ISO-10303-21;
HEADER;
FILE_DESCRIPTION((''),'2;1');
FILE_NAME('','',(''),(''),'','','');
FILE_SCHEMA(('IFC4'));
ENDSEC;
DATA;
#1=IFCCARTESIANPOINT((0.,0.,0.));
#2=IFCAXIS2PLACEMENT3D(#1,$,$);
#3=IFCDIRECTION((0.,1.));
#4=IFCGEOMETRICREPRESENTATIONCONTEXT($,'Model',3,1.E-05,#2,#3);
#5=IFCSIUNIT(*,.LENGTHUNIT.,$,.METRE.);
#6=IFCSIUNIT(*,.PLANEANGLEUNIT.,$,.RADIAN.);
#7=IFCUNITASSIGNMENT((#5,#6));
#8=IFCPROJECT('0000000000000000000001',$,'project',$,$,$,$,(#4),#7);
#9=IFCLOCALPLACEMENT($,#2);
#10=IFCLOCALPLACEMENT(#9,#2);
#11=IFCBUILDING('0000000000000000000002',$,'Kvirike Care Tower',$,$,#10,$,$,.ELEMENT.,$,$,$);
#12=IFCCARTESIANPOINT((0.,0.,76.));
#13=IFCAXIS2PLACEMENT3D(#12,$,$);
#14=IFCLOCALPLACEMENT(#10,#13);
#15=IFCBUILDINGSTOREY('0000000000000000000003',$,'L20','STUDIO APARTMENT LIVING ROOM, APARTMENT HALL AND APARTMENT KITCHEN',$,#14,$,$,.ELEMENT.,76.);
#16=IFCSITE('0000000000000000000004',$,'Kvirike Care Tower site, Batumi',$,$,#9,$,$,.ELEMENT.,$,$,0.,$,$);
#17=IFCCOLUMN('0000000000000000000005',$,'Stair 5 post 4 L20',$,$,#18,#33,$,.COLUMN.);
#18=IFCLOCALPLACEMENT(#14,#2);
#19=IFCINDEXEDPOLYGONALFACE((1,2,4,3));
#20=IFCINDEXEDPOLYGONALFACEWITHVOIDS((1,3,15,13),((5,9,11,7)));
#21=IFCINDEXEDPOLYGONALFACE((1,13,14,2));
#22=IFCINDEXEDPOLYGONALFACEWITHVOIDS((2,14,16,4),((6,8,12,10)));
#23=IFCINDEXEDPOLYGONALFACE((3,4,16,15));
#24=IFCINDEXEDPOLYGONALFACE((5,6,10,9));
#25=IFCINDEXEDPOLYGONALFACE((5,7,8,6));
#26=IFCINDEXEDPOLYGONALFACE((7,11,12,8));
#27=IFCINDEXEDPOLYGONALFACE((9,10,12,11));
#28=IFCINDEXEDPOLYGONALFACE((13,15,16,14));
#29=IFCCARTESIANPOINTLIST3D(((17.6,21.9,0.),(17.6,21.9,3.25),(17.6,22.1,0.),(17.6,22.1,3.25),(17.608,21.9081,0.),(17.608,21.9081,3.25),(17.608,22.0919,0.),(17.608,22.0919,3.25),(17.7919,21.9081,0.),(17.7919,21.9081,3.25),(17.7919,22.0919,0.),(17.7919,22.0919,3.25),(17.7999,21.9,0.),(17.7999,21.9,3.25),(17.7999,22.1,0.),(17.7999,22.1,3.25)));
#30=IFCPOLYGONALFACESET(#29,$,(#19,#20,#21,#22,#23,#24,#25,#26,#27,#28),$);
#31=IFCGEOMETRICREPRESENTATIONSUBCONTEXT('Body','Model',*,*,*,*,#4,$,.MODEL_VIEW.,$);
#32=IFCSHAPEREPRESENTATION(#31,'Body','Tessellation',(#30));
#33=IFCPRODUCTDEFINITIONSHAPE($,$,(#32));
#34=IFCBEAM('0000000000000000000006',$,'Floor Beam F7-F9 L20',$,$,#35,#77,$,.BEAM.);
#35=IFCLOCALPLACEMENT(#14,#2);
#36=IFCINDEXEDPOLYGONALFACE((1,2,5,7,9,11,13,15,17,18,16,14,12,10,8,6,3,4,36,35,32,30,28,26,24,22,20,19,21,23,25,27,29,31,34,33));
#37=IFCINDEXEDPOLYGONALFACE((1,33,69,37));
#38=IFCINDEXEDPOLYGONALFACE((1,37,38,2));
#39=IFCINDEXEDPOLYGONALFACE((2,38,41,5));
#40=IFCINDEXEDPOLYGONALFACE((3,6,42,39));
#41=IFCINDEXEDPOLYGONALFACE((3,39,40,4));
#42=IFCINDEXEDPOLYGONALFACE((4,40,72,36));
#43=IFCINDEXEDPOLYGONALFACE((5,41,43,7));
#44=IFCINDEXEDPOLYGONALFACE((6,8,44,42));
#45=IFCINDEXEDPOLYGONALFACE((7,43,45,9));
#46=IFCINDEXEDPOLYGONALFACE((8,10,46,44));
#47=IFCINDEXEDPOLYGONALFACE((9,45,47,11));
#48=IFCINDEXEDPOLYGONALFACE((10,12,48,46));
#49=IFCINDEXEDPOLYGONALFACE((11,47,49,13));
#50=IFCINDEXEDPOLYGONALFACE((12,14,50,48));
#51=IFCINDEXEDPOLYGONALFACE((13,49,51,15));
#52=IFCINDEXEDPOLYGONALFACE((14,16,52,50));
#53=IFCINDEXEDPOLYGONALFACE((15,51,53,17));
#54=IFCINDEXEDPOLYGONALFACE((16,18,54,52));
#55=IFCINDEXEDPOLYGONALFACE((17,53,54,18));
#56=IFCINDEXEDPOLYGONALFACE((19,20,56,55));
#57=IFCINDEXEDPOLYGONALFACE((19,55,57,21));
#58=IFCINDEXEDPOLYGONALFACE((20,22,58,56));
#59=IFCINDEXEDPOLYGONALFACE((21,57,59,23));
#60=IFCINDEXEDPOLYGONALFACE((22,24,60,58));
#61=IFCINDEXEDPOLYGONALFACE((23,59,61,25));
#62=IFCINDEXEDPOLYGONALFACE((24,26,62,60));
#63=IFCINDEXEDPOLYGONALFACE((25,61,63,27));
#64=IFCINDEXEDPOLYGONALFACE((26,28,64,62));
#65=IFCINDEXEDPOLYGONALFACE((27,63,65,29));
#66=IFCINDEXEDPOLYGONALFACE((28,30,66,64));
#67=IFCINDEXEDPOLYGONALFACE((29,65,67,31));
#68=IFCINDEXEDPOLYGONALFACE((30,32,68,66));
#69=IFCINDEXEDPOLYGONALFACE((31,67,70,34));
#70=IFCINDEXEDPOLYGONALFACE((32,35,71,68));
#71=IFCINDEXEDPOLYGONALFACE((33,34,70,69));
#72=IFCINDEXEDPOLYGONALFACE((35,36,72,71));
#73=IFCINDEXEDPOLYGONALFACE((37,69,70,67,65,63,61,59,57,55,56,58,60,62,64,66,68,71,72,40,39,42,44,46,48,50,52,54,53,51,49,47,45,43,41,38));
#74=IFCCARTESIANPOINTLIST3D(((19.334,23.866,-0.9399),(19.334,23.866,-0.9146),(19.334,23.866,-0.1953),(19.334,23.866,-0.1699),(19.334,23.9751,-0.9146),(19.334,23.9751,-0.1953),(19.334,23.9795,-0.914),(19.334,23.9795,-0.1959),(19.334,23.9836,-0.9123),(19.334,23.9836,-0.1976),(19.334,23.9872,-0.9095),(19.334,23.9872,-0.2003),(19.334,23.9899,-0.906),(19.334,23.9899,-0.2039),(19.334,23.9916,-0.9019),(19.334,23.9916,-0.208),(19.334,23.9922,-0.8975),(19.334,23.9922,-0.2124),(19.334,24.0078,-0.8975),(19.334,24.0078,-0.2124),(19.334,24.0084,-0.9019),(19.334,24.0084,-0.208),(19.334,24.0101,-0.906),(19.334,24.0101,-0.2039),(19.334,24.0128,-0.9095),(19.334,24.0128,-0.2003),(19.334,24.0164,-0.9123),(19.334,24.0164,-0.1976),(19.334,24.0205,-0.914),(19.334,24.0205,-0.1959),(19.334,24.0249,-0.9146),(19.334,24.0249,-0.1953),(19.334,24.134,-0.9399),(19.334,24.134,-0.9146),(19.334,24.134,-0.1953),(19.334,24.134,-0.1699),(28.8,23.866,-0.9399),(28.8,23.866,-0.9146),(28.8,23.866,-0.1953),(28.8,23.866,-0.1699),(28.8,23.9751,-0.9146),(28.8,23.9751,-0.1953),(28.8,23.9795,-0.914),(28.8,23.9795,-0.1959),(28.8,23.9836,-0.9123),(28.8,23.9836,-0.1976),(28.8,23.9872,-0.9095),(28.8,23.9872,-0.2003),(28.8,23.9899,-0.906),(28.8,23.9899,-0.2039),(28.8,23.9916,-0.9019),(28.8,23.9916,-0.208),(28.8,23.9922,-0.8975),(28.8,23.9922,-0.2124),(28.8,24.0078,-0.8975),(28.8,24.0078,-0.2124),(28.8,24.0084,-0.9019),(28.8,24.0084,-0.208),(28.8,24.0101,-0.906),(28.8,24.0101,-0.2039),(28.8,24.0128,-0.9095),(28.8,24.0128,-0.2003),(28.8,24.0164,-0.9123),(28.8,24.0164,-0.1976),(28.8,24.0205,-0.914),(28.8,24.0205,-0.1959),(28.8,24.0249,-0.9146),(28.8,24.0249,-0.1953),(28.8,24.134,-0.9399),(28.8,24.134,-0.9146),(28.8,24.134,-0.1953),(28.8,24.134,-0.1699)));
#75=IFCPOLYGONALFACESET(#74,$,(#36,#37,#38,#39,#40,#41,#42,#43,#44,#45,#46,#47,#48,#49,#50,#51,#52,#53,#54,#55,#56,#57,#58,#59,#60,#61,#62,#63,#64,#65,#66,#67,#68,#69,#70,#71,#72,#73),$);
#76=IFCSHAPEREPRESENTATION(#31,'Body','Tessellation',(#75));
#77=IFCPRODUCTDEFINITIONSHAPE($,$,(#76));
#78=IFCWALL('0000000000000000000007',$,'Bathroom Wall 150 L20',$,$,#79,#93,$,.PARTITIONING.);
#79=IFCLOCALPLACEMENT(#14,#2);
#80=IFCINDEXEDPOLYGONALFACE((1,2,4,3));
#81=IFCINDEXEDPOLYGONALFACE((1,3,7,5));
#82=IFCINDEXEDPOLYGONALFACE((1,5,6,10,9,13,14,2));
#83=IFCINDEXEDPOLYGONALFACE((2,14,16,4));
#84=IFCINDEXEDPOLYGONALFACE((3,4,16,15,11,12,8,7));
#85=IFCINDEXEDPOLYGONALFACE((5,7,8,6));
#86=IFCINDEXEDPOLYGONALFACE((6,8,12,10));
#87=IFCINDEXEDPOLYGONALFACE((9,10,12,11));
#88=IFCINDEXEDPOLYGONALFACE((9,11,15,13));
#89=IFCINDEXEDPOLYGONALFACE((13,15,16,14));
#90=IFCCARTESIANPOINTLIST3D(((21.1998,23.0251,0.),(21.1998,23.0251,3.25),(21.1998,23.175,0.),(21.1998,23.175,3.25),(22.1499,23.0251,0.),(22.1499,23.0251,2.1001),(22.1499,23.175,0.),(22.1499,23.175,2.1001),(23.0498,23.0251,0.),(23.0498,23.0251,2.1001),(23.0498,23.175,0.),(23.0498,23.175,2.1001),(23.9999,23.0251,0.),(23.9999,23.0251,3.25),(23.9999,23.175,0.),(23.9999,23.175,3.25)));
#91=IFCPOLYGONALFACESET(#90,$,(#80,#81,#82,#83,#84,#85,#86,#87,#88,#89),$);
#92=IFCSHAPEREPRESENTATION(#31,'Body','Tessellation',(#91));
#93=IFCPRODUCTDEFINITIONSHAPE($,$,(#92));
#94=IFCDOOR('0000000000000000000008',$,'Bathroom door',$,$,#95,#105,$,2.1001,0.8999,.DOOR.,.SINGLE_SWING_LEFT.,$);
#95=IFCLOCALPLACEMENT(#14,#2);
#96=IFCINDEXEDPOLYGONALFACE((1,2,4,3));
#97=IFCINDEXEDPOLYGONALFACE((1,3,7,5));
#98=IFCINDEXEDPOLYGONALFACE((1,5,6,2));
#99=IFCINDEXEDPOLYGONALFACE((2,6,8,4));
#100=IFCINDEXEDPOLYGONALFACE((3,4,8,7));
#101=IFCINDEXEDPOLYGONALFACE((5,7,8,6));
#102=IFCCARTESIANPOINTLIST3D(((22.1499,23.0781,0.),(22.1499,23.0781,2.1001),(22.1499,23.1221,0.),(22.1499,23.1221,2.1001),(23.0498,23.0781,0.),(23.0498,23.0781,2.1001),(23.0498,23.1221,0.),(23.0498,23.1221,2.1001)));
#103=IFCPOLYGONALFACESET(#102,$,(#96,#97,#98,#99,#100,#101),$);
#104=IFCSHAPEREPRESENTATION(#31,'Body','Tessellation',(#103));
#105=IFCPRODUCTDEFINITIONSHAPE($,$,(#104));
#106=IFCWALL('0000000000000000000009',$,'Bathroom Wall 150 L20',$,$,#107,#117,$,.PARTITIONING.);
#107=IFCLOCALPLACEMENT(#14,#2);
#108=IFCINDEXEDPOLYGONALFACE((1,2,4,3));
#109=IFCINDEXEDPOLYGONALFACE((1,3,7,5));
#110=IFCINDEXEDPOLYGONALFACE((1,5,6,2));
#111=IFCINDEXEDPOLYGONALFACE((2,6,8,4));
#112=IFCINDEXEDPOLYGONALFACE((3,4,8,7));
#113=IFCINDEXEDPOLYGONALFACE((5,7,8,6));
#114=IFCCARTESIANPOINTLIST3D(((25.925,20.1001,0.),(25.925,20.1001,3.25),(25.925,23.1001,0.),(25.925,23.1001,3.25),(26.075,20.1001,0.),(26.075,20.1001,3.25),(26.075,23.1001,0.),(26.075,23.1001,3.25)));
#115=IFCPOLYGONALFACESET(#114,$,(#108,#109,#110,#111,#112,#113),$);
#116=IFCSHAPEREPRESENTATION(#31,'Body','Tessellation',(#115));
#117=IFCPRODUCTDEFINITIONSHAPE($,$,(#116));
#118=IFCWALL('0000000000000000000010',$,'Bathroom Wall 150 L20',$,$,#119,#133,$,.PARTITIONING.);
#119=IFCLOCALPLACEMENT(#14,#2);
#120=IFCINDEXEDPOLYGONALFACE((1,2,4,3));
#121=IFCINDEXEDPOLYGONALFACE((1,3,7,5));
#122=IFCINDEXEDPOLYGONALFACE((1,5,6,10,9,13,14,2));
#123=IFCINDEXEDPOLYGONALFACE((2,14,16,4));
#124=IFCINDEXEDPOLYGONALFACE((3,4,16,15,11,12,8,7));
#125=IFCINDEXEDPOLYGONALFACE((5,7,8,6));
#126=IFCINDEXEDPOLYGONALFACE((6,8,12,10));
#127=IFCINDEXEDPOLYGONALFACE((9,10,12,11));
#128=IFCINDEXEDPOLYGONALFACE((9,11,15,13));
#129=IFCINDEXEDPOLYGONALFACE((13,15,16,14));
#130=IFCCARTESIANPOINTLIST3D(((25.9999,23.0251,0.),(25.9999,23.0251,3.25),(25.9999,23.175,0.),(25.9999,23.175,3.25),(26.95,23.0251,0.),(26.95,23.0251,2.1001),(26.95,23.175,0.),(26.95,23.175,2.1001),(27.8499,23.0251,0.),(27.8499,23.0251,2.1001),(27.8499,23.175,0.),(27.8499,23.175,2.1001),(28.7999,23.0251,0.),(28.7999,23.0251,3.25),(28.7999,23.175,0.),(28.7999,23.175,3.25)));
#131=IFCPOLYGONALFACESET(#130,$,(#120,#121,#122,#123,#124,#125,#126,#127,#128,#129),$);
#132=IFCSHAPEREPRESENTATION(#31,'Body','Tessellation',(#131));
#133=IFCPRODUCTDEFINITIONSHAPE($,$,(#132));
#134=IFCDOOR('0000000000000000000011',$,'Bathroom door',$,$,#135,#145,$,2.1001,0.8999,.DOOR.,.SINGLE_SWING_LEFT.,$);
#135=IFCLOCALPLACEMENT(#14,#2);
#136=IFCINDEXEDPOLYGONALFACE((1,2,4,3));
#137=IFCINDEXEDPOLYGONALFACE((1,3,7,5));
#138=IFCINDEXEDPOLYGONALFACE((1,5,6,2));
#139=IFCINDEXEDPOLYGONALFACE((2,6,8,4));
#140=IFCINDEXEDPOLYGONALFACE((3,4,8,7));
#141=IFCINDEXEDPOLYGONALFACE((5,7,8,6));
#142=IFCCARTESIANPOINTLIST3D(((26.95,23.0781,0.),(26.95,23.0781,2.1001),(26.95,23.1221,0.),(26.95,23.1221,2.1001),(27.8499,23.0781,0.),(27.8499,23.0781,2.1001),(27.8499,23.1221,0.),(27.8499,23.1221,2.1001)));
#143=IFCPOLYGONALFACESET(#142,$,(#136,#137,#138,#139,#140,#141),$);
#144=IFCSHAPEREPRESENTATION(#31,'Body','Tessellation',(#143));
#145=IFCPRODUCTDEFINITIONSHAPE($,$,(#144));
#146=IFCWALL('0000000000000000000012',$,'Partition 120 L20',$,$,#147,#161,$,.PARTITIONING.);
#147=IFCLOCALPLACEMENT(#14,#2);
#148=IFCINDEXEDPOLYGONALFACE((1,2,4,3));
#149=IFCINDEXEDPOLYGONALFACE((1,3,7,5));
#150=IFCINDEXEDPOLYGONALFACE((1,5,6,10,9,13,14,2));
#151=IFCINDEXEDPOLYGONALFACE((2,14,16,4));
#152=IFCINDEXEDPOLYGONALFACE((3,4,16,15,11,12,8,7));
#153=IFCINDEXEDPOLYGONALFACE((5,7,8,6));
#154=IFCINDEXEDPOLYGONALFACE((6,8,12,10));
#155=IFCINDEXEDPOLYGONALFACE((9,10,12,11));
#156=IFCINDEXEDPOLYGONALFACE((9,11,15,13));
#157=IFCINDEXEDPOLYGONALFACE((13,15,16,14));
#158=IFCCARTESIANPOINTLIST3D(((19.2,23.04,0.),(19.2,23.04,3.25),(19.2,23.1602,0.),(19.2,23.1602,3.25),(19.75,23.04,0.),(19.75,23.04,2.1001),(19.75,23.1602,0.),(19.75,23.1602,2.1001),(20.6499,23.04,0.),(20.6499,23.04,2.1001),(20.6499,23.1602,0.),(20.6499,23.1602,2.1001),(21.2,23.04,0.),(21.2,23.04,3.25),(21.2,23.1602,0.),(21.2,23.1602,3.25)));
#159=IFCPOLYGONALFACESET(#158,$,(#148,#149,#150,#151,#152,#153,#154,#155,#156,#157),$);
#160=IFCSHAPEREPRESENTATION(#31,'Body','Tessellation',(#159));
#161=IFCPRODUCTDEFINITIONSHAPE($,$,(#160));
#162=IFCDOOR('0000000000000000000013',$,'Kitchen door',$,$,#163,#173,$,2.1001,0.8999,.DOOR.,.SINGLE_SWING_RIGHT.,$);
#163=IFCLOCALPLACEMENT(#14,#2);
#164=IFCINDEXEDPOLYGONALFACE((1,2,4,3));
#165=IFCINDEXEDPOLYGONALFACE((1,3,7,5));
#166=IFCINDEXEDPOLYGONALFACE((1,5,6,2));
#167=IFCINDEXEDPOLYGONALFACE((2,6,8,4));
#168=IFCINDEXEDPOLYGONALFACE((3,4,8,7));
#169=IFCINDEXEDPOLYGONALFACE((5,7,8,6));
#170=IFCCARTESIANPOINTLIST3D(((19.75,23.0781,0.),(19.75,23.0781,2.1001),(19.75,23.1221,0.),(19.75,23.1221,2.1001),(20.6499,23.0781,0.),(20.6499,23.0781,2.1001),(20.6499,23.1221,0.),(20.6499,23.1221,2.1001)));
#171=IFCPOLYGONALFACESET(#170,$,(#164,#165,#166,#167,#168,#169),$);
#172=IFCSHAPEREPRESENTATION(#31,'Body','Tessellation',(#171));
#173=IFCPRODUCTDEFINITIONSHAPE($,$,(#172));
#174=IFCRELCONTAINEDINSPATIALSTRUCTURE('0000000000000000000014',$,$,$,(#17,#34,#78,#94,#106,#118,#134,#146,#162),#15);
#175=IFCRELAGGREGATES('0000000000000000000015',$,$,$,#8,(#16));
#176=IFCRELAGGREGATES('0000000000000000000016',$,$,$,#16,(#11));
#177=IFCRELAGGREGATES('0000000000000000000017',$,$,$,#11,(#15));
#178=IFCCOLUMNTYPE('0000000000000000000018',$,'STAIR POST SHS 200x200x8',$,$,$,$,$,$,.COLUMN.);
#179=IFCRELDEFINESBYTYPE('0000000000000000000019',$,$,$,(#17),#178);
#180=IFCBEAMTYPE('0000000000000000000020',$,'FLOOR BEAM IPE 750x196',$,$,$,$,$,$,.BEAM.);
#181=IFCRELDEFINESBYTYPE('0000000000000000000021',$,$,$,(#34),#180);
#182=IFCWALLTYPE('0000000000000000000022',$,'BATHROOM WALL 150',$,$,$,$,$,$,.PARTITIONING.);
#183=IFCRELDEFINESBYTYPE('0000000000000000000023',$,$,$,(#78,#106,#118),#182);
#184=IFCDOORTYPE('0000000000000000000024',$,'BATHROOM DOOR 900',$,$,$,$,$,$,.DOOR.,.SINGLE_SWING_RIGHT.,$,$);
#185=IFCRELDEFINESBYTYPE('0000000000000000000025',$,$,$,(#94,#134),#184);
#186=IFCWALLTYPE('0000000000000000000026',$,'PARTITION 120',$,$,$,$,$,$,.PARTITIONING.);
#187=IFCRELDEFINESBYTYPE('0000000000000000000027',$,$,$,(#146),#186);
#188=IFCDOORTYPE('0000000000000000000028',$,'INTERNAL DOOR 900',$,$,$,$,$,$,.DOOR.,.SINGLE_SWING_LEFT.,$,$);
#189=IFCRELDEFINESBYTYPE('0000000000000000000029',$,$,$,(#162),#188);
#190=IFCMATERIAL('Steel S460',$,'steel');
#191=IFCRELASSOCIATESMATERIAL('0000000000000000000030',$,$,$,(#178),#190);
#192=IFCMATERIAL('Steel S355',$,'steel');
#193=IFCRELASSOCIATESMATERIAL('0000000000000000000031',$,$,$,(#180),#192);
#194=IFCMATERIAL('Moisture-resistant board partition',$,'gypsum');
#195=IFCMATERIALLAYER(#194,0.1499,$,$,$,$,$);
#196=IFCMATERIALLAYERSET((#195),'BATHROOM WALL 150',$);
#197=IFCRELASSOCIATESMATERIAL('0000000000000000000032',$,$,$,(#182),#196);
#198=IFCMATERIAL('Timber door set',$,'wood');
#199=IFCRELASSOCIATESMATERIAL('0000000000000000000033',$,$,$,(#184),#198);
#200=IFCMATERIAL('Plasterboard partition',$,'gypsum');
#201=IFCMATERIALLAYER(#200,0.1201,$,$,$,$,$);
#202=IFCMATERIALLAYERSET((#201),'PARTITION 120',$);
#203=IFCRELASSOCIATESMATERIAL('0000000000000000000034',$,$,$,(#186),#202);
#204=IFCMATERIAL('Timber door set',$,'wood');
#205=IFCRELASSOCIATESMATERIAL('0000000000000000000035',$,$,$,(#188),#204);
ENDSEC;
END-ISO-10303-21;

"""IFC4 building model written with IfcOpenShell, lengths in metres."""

from ifc_helpers import new_model, si_unit, direction, frame, frame_2d, origin, origin_2d, place, context, subcontext, project, spatial, rectangle, hollow_rectangle, i_section, extrude, material, layer, layer_set, material_profile, profile_set, type_object, element, fill, save


model = new_model("IFC4")

# Units and contexts
model_context = context("Model", 3, precision=1e-05, world=origin(), true_north=direction((0.0, 1.0)))
body_context = subcontext(model_context, "Body", "Model", "MODEL_VIEW")
ifc_project = project(units=[si_unit("LENGTHUNIT", "METRE"), si_unit("PLANEANGLEUNIT", "RADIAN")], contexts=[model_context])

# Site, building, storey
site_placement = place(None, origin())
site = spatial("IfcSite", under=ifc_project, at=site_placement, Name="Kvirike Care Tower site, Batumi", CompositionType="ELEMENT", RefElevation=0.0)
building_placement = place(site_placement, origin())
building = spatial("IfcBuilding", under=site, at=building_placement, Name="Kvirike Care Tower", CompositionType="ELEMENT")
storey_placement = place(building_placement, frame((0.0, 0.0, 76.0)))
storey = spatial("IfcBuildingStorey", under=building, at=storey_placement, Name="L20", Description="STUDIO APARTMENT LIVING ROOM, APARTMENT HALL AND APARTMENT KITCHEN", CompositionType="ELEMENT", Elevation=76.0)

# Column
ifc_material_1 = material(Name="Steel S460", Category="steel")
ifc_material_profile_1 = material_profile(ifc_material_1, hollow_rectangle(XDim=0.2, YDim=0.2, WallThickness=0.0081, at=origin_2d()), Name="SHS 200x200x8")
ifc_profile_set_1 = profile_set([ifc_material_profile_1], Name="Steel S460")
column_type = type_object("IfcColumnType", Name="STAIR POST SHS 200x200x8", PredefinedType="COLUMN", material=ifc_profile_set_1)
column_placement = place(storey_placement, frame((17.7, 22.0, 0.0), z_axis=(0.0, 0.0, 1.0), x_axis=(1.0, 0.0, 0.0)))
element("IfcColumn", 1, at=column_placement, inside=storey, type_object=column_type, Name="Stair 5 post 4 L20", PredefinedType="COLUMN", context=body_context, shape_type="SweptSolid", body=[
    extrude(hollow_rectangle(XDim=0.2, YDim=0.2, WallThickness=0.0081, at=origin_2d()), origin(), (0.0, 0.0, 1.0), 3.25),
])

# Beam
ifc_material_2 = material(Name="Steel S355", Category="steel")
ifc_material_profile_2 = material_profile(ifc_material_2, i_section(OverallWidth=0.2681, OverallDepth=0.77, WebThickness=0.0156, FlangeThickness=0.0254, FilletRadius=0.0171, at=origin_2d()), Name="IPE 750x196")
ifc_profile_set_2 = profile_set([ifc_material_profile_2], Name="Steel S355")
beam_type = type_object("IfcBeamType", Name="FLOOR BEAM IPE 750x196", PredefinedType="BEAM", material=ifc_profile_set_2)
beam_placement = place(storey_placement, frame((19.334, 24.0, -0.5549), z_axis=(1.0, 0.0, 0.0), x_axis=(0.0, 1.0, 0.0)))
element("IfcBeam", 2, at=beam_placement, inside=storey, type_object=beam_type, Name="Floor Beam F7-F9 L20", PredefinedType="BEAM", context=body_context, shape_type="SweptSolid", body=[
    extrude(i_section(OverallWidth=0.2681, OverallDepth=0.77, WebThickness=0.0156, FlangeThickness=0.0254, FilletRadius=0.0171, at=origin_2d()), origin(), (0.0, 0.0, 1.0), 9.4661),
])

# Wall, opening, door
ifc_material_3 = material(Name="Moisture-resistant board partition", Category="gypsum")
ifc_layer_1 = layer(ifc_material_3, 0.1499)
ifc_layer_set_1 = layer_set([ifc_layer_1], Name="BATHROOM WALL 150")
wall_type_1 = type_object("IfcWallType", Name="BATHROOM WALL 150", PredefinedType="PARTITIONING", material=ifc_layer_set_1)
wall_1_placement = place(storey_placement, frame((21.2, 23.1001, 0.0), z_axis=(0.0, 0.0, 1.0), x_axis=(1.0, 0.0, 0.0)))
wall_1 = element("IfcWall", 3, at=wall_1_placement, inside=storey, type_object=wall_type_1, Name="Bathroom Wall 150 L20", PredefinedType="PARTITIONING", context=body_context, shape_type="SweptSolid", body=[
    extrude(rectangle(XDim=2.8, YDim=0.1499, at=frame_2d((1.3999, 0.0))), origin(), (0.0, 0.0, 1.0), 3.25),
])
opening_1_placement = place(wall_1_placement, frame((0.95, 0.0, 0.0)))
opening_1 = element("IfcOpeningElement", 4, at=opening_1_placement, cuts=wall_1, PredefinedType="OPENING", context=body_context, shape_type="SweptSolid", body=[
    extrude(rectangle(XDim=0.8999, YDim=2.1001, at=frame_2d((0.45, 1.05))), frame((0.0, 0.0854, 0.0), z_axis=(0.0, -1.0, 0.0), x_axis=(1.0, 0.0, 0.0)), (0.0, 0.0, 1.0), 0.1709),
])
ifc_material_4 = material(Name="Timber door set", Category="wood")
door_type_1 = type_object("IfcDoorType", Name="BATHROOM DOOR 900", OperationType="SINGLE_SWING_RIGHT", PredefinedType="DOOR", material=ifc_material_4)
door_1_placement = place(opening_1_placement, frame((0.8999, 0.0, 0.0), z_axis=(0.0, 0.0, 1.0), x_axis=(-1.0, 0.0, 0.0)))
door_1 = element("IfcDoor", 5, at=door_1_placement, inside=storey, type_object=door_type_1, Name="Bathroom door", OperationType="SINGLE_SWING_LEFT", OverallHeight=2.1001, OverallWidth=0.8999, PredefinedType="DOOR", context=body_context, shape_type="SweptSolid", body=[
    extrude(rectangle(XDim=0.8999, YDim=2.1001, at=frame_2d((0.45, 1.05))), frame((0.0, 0.022, 0.0), z_axis=(0.0, -1.0, 0.0), x_axis=(1.0, 0.0, 0.0)), (0.0, 0.0, 1.0), 0.0439),
])
fill(opening_1, door_1)

# Wall
wall_2_placement = place(storey_placement, frame((26.0, 20.1001, 0.0), z_axis=(0.0, 0.0, 1.0), x_axis=(0.0, 1.0, 0.0)))
element("IfcWall", 6, at=wall_2_placement, inside=storey, type_object=wall_type_1, Name="Bathroom Wall 150 L20", PredefinedType="PARTITIONING", context=body_context, shape_type="SweptSolid", body=[
    extrude(rectangle(XDim=3.0, YDim=0.1499, at=frame_2d((1.5, 0.0))), origin(), (0.0, 0.0, 1.0), 3.25),
])

# Walls, openings, doors
wall_3_placement = place(storey_placement, frame((26.0, 23.1001, 0.0), z_axis=(0.0, 0.0, 1.0), x_axis=(1.0, 0.0, 0.0)))
wall_3 = element("IfcWall", 7, at=wall_3_placement, inside=storey, type_object=wall_type_1, Name="Bathroom Wall 150 L20", PredefinedType="PARTITIONING", context=body_context, shape_type="SweptSolid", body=[
    extrude(rectangle(XDim=2.8, YDim=0.1499, at=frame_2d((1.3999, 0.0))), origin(), (0.0, 0.0, 1.0), 3.25),
])
opening_2_placement = place(wall_3_placement, frame((0.95, 0.0, 0.0)))
opening_2 = element("IfcOpeningElement", 8, at=opening_2_placement, cuts=wall_3, PredefinedType="OPENING", context=body_context, shape_type="SweptSolid", body=[
    extrude(rectangle(XDim=0.8999, YDim=2.1001, at=frame_2d((0.45, 1.05))), frame((0.0, 0.0854, 0.0), z_axis=(0.0, -1.0, 0.0), x_axis=(1.0, 0.0, 0.0)), (0.0, 0.0, 1.0), 0.1709),
])
door_2_placement = place(opening_2_placement, frame((0.8999, 0.0, 0.0), z_axis=(0.0, 0.0, 1.0), x_axis=(-1.0, 0.0, 0.0)))
door_2 = element("IfcDoor", 9, at=door_2_placement, inside=storey, type_object=door_type_1, Name="Bathroom door", OperationType="SINGLE_SWING_LEFT", OverallHeight=2.1001, OverallWidth=0.8999, PredefinedType="DOOR", context=body_context, shape_type="SweptSolid", body=[
    extrude(rectangle(XDim=0.8999, YDim=2.1001, at=frame_2d((0.45, 1.05))), frame((0.0, 0.022, 0.0), z_axis=(0.0, -1.0, 0.0), x_axis=(1.0, 0.0, 0.0)), (0.0, 0.0, 1.0), 0.0439),
])
fill(opening_2, door_2)
ifc_material_5 = material(Name="Plasterboard partition", Category="gypsum")
ifc_layer_2 = layer(ifc_material_5, 0.1201)
ifc_layer_set_2 = layer_set([ifc_layer_2], Name="PARTITION 120")
wall_type_2 = type_object("IfcWallType", Name="PARTITION 120", PredefinedType="PARTITIONING", material=ifc_layer_set_2)
wall_4_placement = place(storey_placement, frame((19.2, 23.1001, 0.0), z_axis=(0.0, 0.0, 1.0), x_axis=(1.0, 0.0, 0.0)))
wall_4 = element("IfcWall", 10, at=wall_4_placement, inside=storey, type_object=wall_type_2, Name="Partition 120 L20", PredefinedType="PARTITIONING", context=body_context, shape_type="SweptSolid", body=[
    extrude(rectangle(XDim=2.0, YDim=0.1201, at=frame_2d((1.0, 0.0))), origin(), (0.0, 0.0, 1.0), 3.25),
])
opening_3_placement = place(wall_4_placement, frame((0.55, 0.0, 0.0)))
opening_3 = element("IfcOpeningElement", 11, at=opening_3_placement, cuts=wall_4, PredefinedType="OPENING", context=body_context, shape_type="SweptSolid", body=[
    extrude(rectangle(XDim=0.8999, YDim=2.1001, at=frame_2d((0.45, 1.05))), frame((0.0, 0.0706, 0.0), z_axis=(0.0, -1.0, 0.0), x_axis=(1.0, 0.0, 0.0)), (0.0, 0.0, 1.0), 0.1411),
])
ifc_material_6 = material(Name="Timber door set", Category="wood")
door_type_2 = type_object("IfcDoorType", Name="INTERNAL DOOR 900", OperationType="SINGLE_SWING_LEFT", PredefinedType="DOOR", material=ifc_material_6)
door_3_placement = place(opening_3_placement, frame((0.8999, 0.0, 0.0), z_axis=(0.0, 0.0, 1.0), x_axis=(-1.0, 0.0, 0.0)))
door_3 = element("IfcDoor", 12, at=door_3_placement, inside=storey, type_object=door_type_2, Name="Kitchen door", OperationType="SINGLE_SWING_RIGHT", OverallHeight=2.1001, OverallWidth=0.8999, PredefinedType="DOOR", context=body_context, shape_type="SweptSolid", body=[
    extrude(rectangle(XDim=0.8999, YDim=2.1001, at=frame_2d((0.45, 1.05))), frame((0.0, 0.022, 0.0), z_axis=(0.0, -1.0, 0.0), x_axis=(1.0, 0.0, 0.0)), (0.0, 0.0, 1.0), 0.0439),
])
fill(opening_3, door_3)

save(model, "model.ifc")
